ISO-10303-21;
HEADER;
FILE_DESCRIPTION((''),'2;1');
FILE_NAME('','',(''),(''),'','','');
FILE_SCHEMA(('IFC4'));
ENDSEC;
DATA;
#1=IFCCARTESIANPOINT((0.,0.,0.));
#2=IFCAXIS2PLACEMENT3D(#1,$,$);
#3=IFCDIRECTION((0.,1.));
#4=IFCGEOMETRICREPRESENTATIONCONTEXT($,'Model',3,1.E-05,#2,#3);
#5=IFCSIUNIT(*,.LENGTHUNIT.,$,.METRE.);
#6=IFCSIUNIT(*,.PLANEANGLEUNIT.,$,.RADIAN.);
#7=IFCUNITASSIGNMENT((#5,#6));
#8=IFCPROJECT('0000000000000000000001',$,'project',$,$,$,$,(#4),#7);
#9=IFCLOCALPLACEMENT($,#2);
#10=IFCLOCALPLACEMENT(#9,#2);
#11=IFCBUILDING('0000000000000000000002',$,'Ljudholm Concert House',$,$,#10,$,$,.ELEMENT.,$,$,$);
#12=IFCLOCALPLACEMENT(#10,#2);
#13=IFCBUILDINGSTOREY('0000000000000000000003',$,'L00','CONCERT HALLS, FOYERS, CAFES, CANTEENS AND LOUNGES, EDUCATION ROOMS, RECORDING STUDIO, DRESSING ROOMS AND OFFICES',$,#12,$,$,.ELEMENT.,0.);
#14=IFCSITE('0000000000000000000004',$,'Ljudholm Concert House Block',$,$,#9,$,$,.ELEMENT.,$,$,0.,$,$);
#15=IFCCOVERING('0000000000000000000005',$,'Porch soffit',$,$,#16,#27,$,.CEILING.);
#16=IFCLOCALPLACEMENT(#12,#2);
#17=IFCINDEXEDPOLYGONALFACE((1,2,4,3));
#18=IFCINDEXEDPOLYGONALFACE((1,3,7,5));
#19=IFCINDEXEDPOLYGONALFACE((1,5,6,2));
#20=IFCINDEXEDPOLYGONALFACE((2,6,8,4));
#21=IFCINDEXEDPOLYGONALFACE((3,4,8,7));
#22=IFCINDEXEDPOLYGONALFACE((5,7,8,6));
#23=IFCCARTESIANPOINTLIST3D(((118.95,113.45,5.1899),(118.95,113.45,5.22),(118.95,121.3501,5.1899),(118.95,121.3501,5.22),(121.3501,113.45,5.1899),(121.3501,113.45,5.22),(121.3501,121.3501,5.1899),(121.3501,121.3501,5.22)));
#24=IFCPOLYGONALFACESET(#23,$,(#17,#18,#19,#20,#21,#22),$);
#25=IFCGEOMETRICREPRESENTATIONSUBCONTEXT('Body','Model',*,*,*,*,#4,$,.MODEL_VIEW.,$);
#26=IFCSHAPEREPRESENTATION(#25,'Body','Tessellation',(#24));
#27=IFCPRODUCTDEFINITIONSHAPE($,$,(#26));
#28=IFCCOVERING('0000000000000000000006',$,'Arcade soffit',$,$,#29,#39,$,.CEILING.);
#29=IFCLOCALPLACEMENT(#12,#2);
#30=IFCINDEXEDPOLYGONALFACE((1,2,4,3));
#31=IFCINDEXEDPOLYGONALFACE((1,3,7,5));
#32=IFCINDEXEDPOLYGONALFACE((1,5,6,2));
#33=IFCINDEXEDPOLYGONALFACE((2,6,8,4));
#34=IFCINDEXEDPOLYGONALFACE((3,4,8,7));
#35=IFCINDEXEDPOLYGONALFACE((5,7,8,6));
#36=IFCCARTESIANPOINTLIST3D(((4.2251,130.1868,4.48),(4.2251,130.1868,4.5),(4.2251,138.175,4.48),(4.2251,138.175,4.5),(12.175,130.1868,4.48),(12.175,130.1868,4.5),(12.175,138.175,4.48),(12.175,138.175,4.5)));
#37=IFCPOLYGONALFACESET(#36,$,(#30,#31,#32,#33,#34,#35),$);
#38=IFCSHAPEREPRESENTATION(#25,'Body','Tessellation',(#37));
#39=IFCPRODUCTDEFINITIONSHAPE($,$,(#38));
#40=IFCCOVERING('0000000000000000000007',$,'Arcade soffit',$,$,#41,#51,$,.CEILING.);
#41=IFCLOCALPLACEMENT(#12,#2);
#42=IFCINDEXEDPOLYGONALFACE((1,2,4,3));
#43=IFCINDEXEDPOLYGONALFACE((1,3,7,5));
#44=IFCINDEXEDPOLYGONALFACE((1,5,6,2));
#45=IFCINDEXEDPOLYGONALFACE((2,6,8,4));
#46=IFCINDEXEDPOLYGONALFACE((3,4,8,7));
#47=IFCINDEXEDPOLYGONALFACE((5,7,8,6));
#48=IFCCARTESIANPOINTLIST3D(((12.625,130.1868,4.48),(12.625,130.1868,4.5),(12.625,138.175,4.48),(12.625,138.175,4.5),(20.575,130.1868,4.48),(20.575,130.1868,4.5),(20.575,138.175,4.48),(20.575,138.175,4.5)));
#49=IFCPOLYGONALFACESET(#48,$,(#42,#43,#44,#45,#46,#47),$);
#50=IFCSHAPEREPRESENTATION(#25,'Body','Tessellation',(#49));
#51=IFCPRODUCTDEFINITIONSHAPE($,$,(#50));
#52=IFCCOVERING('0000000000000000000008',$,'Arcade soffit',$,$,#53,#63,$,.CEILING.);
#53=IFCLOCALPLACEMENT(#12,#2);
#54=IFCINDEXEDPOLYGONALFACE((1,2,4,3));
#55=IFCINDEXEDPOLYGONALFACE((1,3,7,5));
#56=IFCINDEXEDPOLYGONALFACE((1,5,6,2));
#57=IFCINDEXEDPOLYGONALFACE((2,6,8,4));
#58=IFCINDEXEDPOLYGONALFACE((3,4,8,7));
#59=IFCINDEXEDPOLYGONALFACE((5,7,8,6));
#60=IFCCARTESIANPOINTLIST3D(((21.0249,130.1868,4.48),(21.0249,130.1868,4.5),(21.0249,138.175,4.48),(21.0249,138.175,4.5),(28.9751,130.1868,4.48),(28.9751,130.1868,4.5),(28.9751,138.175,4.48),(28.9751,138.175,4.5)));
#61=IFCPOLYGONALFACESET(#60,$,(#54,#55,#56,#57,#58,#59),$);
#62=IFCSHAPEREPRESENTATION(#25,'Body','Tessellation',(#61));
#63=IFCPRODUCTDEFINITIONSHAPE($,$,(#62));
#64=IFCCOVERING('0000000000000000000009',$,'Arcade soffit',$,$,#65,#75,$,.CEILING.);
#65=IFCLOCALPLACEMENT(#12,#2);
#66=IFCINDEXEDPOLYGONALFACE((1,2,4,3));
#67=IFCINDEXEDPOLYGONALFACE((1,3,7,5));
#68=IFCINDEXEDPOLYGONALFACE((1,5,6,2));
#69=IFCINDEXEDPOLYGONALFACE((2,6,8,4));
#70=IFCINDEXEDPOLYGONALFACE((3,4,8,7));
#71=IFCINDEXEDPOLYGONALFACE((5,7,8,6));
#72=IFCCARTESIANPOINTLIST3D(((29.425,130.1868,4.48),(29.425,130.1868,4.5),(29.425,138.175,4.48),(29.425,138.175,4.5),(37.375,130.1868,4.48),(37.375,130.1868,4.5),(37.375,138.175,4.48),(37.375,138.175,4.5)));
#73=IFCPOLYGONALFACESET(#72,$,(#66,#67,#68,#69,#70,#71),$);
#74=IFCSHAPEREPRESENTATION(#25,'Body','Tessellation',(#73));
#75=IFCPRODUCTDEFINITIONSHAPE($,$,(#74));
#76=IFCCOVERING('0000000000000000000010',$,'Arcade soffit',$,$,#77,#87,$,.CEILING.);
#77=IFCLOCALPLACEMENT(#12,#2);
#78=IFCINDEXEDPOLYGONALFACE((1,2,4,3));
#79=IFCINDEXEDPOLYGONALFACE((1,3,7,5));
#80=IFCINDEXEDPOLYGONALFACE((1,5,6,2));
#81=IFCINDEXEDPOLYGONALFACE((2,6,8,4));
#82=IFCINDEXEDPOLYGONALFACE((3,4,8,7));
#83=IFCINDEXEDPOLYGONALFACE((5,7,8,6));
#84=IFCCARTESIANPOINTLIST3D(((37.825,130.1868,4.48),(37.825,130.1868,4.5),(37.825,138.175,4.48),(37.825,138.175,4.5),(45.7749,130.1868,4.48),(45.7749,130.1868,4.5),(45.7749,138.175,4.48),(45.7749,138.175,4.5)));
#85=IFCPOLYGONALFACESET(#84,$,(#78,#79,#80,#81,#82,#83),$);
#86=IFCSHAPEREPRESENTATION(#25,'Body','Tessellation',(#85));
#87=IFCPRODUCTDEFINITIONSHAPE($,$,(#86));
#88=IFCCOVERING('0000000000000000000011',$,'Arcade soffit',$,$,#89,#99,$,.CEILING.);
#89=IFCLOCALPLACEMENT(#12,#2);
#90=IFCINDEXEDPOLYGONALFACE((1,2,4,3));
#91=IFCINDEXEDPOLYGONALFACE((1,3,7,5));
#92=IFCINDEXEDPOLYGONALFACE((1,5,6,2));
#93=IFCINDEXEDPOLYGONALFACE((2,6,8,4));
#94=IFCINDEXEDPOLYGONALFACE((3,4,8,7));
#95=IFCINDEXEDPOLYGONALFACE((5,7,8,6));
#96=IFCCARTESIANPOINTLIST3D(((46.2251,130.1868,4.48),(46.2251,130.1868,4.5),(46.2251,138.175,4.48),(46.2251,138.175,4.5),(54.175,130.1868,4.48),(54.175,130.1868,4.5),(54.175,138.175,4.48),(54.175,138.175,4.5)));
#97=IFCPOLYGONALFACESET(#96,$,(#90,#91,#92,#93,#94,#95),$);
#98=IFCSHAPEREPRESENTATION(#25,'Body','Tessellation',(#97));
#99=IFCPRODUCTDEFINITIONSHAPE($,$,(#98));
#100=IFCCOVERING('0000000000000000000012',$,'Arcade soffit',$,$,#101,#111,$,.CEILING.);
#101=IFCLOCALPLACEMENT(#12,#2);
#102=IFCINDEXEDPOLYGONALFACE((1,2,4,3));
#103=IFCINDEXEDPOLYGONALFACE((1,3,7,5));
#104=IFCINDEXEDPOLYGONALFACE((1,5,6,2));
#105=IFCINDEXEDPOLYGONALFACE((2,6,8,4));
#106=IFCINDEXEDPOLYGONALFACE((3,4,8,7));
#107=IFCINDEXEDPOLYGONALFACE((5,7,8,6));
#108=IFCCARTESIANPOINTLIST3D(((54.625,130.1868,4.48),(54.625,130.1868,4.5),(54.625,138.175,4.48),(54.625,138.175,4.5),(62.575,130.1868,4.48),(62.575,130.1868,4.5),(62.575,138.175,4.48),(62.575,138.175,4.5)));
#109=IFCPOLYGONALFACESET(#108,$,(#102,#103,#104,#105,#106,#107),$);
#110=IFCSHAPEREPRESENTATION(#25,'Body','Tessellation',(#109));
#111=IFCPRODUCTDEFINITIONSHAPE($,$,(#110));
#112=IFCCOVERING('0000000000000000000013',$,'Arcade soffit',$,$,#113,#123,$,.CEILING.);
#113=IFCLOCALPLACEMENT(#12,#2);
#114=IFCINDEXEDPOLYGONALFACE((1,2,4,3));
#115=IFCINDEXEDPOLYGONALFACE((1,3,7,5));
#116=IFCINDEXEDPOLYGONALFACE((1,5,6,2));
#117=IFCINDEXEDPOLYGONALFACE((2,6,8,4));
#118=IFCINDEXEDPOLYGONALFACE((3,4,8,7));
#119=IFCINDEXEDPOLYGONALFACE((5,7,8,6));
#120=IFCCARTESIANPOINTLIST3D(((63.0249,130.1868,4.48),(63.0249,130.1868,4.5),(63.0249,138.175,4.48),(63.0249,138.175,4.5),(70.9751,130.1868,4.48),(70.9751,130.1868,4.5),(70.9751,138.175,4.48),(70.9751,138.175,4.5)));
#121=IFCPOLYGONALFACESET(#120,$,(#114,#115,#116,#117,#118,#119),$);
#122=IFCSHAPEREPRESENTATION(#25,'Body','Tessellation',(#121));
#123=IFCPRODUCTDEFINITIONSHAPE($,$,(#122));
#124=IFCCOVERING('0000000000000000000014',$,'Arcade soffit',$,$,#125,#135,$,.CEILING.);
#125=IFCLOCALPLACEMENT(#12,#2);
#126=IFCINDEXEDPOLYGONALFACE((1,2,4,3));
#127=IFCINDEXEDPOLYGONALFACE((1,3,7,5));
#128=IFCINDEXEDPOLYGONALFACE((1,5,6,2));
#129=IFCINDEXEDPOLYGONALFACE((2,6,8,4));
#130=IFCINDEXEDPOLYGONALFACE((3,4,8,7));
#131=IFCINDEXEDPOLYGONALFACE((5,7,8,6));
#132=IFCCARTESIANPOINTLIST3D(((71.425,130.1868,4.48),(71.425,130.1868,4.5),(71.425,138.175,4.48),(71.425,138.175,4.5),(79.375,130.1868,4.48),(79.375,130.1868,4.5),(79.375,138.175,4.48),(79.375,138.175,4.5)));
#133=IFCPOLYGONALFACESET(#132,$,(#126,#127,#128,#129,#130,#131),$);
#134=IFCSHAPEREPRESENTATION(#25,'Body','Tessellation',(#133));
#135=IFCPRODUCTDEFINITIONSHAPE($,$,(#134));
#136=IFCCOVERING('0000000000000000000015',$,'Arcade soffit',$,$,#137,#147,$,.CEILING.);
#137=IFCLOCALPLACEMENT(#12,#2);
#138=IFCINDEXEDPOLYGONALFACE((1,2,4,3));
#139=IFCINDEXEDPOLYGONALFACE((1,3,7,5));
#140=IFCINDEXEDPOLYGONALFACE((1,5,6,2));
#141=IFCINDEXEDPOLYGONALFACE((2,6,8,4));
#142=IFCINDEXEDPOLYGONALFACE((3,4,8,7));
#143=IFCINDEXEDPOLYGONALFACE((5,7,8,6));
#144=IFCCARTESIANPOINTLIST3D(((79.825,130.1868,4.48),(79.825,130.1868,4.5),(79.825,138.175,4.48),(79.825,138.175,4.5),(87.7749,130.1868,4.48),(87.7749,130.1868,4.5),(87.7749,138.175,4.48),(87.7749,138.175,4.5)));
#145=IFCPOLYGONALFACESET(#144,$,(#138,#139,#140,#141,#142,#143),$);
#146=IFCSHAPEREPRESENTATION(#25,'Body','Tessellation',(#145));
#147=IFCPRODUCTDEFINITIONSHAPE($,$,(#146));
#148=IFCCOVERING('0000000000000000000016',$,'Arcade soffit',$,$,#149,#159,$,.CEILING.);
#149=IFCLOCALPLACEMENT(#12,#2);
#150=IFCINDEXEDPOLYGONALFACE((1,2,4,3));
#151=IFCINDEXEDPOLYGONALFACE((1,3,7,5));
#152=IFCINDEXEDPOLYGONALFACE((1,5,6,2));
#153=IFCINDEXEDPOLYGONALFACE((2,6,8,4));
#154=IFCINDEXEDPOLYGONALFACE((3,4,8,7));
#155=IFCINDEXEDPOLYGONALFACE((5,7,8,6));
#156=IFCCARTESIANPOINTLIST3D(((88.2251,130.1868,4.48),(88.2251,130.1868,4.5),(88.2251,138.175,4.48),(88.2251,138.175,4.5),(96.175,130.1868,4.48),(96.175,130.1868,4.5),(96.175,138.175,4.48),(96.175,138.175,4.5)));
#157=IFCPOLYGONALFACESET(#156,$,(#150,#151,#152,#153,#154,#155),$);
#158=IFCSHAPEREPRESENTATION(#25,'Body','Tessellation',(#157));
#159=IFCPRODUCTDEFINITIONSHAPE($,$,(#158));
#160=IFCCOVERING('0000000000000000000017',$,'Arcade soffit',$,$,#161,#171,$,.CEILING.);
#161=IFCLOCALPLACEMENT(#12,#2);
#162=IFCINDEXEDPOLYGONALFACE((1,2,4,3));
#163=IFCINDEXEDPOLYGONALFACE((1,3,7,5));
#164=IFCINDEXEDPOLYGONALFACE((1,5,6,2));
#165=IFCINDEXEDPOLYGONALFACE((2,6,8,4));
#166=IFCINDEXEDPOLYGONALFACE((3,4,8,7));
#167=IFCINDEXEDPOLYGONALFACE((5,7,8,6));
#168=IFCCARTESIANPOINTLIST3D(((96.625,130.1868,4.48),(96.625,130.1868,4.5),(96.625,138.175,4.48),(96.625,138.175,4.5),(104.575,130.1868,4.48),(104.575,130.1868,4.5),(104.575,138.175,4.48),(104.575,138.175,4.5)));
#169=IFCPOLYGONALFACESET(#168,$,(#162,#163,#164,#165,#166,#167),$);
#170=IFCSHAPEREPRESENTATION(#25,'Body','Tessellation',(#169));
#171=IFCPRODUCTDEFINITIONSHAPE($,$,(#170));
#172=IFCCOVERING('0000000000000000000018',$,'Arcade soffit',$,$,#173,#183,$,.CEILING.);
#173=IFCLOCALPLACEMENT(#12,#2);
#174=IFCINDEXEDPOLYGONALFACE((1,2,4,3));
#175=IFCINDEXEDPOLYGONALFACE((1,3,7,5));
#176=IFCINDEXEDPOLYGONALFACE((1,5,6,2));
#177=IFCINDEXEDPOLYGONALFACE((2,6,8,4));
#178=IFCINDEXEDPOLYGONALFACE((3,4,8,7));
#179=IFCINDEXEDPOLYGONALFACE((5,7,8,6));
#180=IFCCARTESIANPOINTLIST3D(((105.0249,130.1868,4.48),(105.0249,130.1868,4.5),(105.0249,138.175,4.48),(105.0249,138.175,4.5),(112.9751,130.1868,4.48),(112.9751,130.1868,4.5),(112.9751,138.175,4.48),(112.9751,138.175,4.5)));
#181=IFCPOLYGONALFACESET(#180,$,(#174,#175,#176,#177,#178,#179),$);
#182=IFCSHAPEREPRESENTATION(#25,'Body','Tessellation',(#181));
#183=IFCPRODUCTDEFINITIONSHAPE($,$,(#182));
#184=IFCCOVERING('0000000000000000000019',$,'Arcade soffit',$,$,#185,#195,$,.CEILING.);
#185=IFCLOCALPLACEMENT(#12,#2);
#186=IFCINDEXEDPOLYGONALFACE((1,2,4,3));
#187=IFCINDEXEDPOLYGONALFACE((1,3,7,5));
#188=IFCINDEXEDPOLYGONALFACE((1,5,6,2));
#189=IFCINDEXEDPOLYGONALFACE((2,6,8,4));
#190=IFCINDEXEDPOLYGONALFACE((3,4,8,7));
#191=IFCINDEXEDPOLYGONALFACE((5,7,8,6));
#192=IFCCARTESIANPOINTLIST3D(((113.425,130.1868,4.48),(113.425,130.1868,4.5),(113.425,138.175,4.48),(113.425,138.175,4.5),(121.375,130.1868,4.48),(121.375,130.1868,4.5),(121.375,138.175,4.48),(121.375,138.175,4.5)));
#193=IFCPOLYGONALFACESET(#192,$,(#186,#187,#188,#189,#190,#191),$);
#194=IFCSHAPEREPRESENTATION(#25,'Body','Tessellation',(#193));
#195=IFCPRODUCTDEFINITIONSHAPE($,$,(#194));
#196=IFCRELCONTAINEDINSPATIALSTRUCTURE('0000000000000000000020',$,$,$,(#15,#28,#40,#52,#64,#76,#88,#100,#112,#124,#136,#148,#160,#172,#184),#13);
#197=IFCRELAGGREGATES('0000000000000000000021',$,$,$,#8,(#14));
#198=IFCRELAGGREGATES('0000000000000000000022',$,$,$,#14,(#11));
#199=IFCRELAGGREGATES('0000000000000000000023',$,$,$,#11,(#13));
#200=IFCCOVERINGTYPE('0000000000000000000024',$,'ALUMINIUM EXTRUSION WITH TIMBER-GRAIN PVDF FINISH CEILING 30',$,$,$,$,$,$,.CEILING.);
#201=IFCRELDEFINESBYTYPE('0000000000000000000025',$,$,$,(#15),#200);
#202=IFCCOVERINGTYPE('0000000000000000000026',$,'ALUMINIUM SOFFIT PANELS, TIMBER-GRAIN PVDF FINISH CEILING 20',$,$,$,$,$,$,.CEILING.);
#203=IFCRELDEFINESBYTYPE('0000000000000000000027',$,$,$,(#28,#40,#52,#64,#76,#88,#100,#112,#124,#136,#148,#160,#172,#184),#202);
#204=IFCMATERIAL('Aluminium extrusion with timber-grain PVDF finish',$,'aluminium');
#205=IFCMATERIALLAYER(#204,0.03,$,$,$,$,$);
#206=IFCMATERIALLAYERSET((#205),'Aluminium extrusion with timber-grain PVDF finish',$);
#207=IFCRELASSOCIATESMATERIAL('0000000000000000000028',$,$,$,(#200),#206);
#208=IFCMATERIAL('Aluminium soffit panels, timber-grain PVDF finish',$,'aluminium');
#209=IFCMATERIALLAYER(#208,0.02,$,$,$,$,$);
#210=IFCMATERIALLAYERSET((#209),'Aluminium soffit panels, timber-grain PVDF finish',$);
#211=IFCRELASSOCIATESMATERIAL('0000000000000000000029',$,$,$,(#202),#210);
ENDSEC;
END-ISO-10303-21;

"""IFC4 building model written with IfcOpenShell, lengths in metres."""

from ifc_helpers import new_model, si_unit, direction, frame, origin, place, context, subcontext, project, spatial, polyline, outline, extrude, material, layer, layer_set, type_object, element, save


model = new_model("IFC4")

# Units and contexts
model_context = context("Model", 3, precision=1e-05, world=origin(), true_north=direction((0.0, 1.0)))
body_context = subcontext(model_context, "Body", "Model", "MODEL_VIEW")
ifc_project = project(units=[si_unit("LENGTHUNIT", "METRE"), si_unit("PLANEANGLEUNIT", "RADIAN")], contexts=[model_context])

# Site, building, storey
site_placement = place(None, origin())
site = spatial("IfcSite", under=ifc_project, at=site_placement, Name="Ljudholm Concert House Block", CompositionType="ELEMENT", RefElevation=0.0)
building_placement = place(site_placement, origin())
building = spatial("IfcBuilding", under=site, at=building_placement, Name="Ljudholm Concert House", CompositionType="ELEMENT")
storey_placement = place(building_placement, origin())
storey = spatial("IfcBuildingStorey", under=building, at=storey_placement, Name="L00", Description="CONCERT HALLS, FOYERS, CAFES, CANTEENS AND LOUNGES, EDUCATION ROOMS, RECORDING STUDIO, DRESSING ROOMS AND OFFICES", CompositionType="ELEMENT", Elevation=0.0)

# Coverings
ifc_material_1 = material(Name="Aluminium extrusion with timber-grain PVDF finish", Category="aluminium")
ifc_layer_1 = layer(ifc_material_1, 0.03)
ifc_layer_set_1 = layer_set([ifc_layer_1], Name="Aluminium extrusion with timber-grain PVDF finish")
covering_type_1 = type_object("IfcCoveringType", Name="ALUMINIUM EXTRUSION WITH TIMBER-GRAIN PVDF FINISH CEILING 30", PredefinedType="CEILING", material=ifc_layer_set_1)
covering_1_placement = place(storey_placement, frame((0.0, 0.0, 5.1899)))
element("IfcCovering", 1, at=covering_1_placement, inside=storey, type_object=covering_type_1, Name="Porch soffit", PredefinedType="CEILING", context=body_context, shape_type="SweptSolid", body=[
    extrude(outline(polyline([(118.95, 113.45), (121.3501, 113.45), (121.3501, 121.3501), (118.95, 121.3501), (118.95, 113.45)])), origin(), (0.0, 0.0, 1.0), 0.03),
])
ifc_material_2 = material(Name="Aluminium soffit panels, timber-grain PVDF finish", Category="aluminium")
ifc_layer_2 = layer(ifc_material_2, 0.02)
ifc_layer_set_2 = layer_set([ifc_layer_2], Name="Aluminium soffit panels, timber-grain PVDF finish")
covering_type_2 = type_object("IfcCoveringType", Name="ALUMINIUM SOFFIT PANELS, TIMBER-GRAIN PVDF FINISH CEILING 20", PredefinedType="CEILING", material=ifc_layer_set_2)
covering_2_placement = place(storey_placement, frame((0.0, 0.0, 4.48)))
element("IfcCovering", 2, at=covering_2_placement, inside=storey, type_object=covering_type_2, Name="Arcade soffit", PredefinedType="CEILING", context=body_context, shape_type="SweptSolid", body=[
    extrude(outline(polyline([(4.2251, 130.1868), (12.175, 130.1868), (12.175, 138.175), (4.2251, 138.175), (4.2251, 130.1868)])), origin(), (0.0, 0.0, 1.0), 0.02),
])
covering_3_placement = place(storey_placement, frame((0.0, 0.0, 4.48)))
element("IfcCovering", 3, at=covering_3_placement, inside=storey, type_object=covering_type_2, Name="Arcade soffit", PredefinedType="CEILING", context=body_context, shape_type="SweptSolid", body=[
    extrude(outline(polyline([(12.625, 130.1868), (20.575, 130.1868), (20.575, 138.175), (12.625, 138.175), (12.625, 130.1868)])), origin(), (0.0, 0.0, 1.0), 0.02),
])
covering_4_placement = place(storey_placement, frame((0.0, 0.0, 4.48)))
element("IfcCovering", 4, at=covering_4_placement, inside=storey, type_object=covering_type_2, Name="Arcade soffit", PredefinedType="CEILING", context=body_context, shape_type="SweptSolid", body=[
    extrude(outline(polyline([(21.0249, 130.1868), (28.9751, 130.1868), (28.9751, 138.175), (21.0249, 138.175), (21.0249, 130.1868)])), origin(), (0.0, 0.0, 1.0), 0.02),
])
covering_5_placement = place(storey_placement, frame((0.0, 0.0, 4.48)))
element("IfcCovering", 5, at=covering_5_placement, inside=storey, type_object=covering_type_2, Name="Arcade soffit", PredefinedType="CEILING", context=body_context, shape_type="SweptSolid", body=[
    extrude(outline(polyline([(29.425, 130.1868), (37.375, 130.1868), (37.375, 138.175), (29.425, 138.175), (29.425, 130.1868)])), origin(), (0.0, 0.0, 1.0), 0.02),
])
covering_6_placement = place(storey_placement, frame((0.0, 0.0, 4.48)))
element("IfcCovering", 6, at=covering_6_placement, inside=storey, type_object=covering_type_2, Name="Arcade soffit", PredefinedType="CEILING", context=body_context, shape_type="SweptSolid", body=[
    extrude(outline(polyline([(37.825, 130.1868), (45.7749, 130.1868), (45.7749, 138.175), (37.825, 138.175), (37.825, 130.1868)])), origin(), (0.0, 0.0, 1.0), 0.02),
])
covering_7_placement = place(storey_placement, frame((0.0, 0.0, 4.48)))
element("IfcCovering", 7, at=covering_7_placement, inside=storey, type_object=covering_type_2, Name="Arcade soffit", PredefinedType="CEILING", context=body_context, shape_type="SweptSolid", body=[
    extrude(outline(polyline([(46.2251, 130.1868), (54.175, 130.1868), (54.175, 138.175), (46.2251, 138.175), (46.2251, 130.1868)])), origin(), (0.0, 0.0, 1.0), 0.02),
])
covering_8_placement = place(storey_placement, frame((0.0, 0.0, 4.48)))
element("IfcCovering", 8, at=covering_8_placement, inside=storey, type_object=covering_type_2, Name="Arcade soffit", PredefinedType="CEILING", context=body_context, shape_type="SweptSolid", body=[
    extrude(outline(polyline([(54.625, 130.1868), (62.575, 130.1868), (62.575, 138.175), (54.625, 138.175), (54.625, 130.1868)])), origin(), (0.0, 0.0, 1.0), 0.02),
])
covering_9_placement = place(storey_placement, frame((0.0, 0.0, 4.48)))
element("IfcCovering", 9, at=covering_9_placement, inside=storey, type_object=covering_type_2, Name="Arcade soffit", PredefinedType="CEILING", context=body_context, shape_type="SweptSolid", body=[
    extrude(outline(polyline([(63.0249, 130.1868), (70.9751, 130.1868), (70.9751, 138.175), (63.0249, 138.175), (63.0249, 130.1868)])), origin(), (0.0, 0.0, 1.0), 0.02),
])
covering_10_placement = place(storey_placement, frame((0.0, 0.0, 4.48)))
element("IfcCovering", 10, at=covering_10_placement, inside=storey, type_object=covering_type_2, Name="Arcade soffit", PredefinedType="CEILING", context=body_context, shape_type="SweptSolid", body=[
    extrude(outline(polyline([(71.425, 130.1868), (79.375, 130.1868), (79.375, 138.175), (71.425, 138.175), (71.425, 130.1868)])), origin(), (0.0, 0.0, 1.0), 0.02),
])
covering_11_placement = place(storey_placement, frame((0.0, 0.0, 4.48)))
element("IfcCovering", 11, at=covering_11_placement, inside=storey, type_object=covering_type_2, Name="Arcade soffit", PredefinedType="CEILING", context=body_context, shape_type="SweptSolid", body=[
    extrude(outline(polyline([(79.825, 130.1868), (87.7749, 130.1868), (87.7749, 138.175), (79.825, 138.175), (79.825, 130.1868)])), origin(), (0.0, 0.0, 1.0), 0.02),
])
covering_12_placement = place(storey_placement, frame((0.0, 0.0, 4.48)))
element("IfcCovering", 12, at=covering_12_placement, inside=storey, type_object=covering_type_2, Name="Arcade soffit", PredefinedType="CEILING", context=body_context, shape_type="SweptSolid", body=[
    extrude(outline(polyline([(88.2251, 130.1868), (96.175, 130.1868), (96.175, 138.175), (88.2251, 138.175), (88.2251, 130.1868)])), origin(), (0.0, 0.0, 1.0), 0.02),
])
covering_13_placement = place(storey_placement, frame((0.0, 0.0, 4.48)))
element("IfcCovering", 13, at=covering_13_placement, inside=storey, type_object=covering_type_2, Name="Arcade soffit", PredefinedType="CEILING", context=body_context, shape_type="SweptSolid", body=[
    extrude(outline(polyline([(96.625, 130.1868), (104.575, 130.1868), (104.575, 138.175), (96.625, 138.175), (96.625, 130.1868)])), origin(), (0.0, 0.0, 1.0), 0.02),
])
covering_14_placement = place(storey_placement, frame((0.0, 0.0, 4.48)))
element("IfcCovering", 14, at=covering_14_placement, inside=storey, type_object=covering_type_2, Name="Arcade soffit", PredefinedType="CEILING", context=body_context, shape_type="SweptSolid", body=[
    extrude(outline(polyline([(105.0249, 130.1868), (112.9751, 130.1868), (112.9751, 138.175), (105.0249, 138.175), (105.0249, 130.1868)])), origin(), (0.0, 0.0, 1.0), 0.02),
])
covering_15_placement = place(storey_placement, frame((0.0, 0.0, 4.48)))
element("IfcCovering", 15, at=covering_15_placement, inside=storey, type_object=covering_type_2, Name="Arcade soffit", PredefinedType="CEILING", context=body_context, shape_type="SweptSolid", body=[
    extrude(outline(polyline([(113.425, 130.1868), (121.375, 130.1868), (121.375, 138.175), (113.425, 138.175), (113.425, 130.1868)])), origin(), (0.0, 0.0, 1.0), 0.02),
])

save(model, "model.ifc")
